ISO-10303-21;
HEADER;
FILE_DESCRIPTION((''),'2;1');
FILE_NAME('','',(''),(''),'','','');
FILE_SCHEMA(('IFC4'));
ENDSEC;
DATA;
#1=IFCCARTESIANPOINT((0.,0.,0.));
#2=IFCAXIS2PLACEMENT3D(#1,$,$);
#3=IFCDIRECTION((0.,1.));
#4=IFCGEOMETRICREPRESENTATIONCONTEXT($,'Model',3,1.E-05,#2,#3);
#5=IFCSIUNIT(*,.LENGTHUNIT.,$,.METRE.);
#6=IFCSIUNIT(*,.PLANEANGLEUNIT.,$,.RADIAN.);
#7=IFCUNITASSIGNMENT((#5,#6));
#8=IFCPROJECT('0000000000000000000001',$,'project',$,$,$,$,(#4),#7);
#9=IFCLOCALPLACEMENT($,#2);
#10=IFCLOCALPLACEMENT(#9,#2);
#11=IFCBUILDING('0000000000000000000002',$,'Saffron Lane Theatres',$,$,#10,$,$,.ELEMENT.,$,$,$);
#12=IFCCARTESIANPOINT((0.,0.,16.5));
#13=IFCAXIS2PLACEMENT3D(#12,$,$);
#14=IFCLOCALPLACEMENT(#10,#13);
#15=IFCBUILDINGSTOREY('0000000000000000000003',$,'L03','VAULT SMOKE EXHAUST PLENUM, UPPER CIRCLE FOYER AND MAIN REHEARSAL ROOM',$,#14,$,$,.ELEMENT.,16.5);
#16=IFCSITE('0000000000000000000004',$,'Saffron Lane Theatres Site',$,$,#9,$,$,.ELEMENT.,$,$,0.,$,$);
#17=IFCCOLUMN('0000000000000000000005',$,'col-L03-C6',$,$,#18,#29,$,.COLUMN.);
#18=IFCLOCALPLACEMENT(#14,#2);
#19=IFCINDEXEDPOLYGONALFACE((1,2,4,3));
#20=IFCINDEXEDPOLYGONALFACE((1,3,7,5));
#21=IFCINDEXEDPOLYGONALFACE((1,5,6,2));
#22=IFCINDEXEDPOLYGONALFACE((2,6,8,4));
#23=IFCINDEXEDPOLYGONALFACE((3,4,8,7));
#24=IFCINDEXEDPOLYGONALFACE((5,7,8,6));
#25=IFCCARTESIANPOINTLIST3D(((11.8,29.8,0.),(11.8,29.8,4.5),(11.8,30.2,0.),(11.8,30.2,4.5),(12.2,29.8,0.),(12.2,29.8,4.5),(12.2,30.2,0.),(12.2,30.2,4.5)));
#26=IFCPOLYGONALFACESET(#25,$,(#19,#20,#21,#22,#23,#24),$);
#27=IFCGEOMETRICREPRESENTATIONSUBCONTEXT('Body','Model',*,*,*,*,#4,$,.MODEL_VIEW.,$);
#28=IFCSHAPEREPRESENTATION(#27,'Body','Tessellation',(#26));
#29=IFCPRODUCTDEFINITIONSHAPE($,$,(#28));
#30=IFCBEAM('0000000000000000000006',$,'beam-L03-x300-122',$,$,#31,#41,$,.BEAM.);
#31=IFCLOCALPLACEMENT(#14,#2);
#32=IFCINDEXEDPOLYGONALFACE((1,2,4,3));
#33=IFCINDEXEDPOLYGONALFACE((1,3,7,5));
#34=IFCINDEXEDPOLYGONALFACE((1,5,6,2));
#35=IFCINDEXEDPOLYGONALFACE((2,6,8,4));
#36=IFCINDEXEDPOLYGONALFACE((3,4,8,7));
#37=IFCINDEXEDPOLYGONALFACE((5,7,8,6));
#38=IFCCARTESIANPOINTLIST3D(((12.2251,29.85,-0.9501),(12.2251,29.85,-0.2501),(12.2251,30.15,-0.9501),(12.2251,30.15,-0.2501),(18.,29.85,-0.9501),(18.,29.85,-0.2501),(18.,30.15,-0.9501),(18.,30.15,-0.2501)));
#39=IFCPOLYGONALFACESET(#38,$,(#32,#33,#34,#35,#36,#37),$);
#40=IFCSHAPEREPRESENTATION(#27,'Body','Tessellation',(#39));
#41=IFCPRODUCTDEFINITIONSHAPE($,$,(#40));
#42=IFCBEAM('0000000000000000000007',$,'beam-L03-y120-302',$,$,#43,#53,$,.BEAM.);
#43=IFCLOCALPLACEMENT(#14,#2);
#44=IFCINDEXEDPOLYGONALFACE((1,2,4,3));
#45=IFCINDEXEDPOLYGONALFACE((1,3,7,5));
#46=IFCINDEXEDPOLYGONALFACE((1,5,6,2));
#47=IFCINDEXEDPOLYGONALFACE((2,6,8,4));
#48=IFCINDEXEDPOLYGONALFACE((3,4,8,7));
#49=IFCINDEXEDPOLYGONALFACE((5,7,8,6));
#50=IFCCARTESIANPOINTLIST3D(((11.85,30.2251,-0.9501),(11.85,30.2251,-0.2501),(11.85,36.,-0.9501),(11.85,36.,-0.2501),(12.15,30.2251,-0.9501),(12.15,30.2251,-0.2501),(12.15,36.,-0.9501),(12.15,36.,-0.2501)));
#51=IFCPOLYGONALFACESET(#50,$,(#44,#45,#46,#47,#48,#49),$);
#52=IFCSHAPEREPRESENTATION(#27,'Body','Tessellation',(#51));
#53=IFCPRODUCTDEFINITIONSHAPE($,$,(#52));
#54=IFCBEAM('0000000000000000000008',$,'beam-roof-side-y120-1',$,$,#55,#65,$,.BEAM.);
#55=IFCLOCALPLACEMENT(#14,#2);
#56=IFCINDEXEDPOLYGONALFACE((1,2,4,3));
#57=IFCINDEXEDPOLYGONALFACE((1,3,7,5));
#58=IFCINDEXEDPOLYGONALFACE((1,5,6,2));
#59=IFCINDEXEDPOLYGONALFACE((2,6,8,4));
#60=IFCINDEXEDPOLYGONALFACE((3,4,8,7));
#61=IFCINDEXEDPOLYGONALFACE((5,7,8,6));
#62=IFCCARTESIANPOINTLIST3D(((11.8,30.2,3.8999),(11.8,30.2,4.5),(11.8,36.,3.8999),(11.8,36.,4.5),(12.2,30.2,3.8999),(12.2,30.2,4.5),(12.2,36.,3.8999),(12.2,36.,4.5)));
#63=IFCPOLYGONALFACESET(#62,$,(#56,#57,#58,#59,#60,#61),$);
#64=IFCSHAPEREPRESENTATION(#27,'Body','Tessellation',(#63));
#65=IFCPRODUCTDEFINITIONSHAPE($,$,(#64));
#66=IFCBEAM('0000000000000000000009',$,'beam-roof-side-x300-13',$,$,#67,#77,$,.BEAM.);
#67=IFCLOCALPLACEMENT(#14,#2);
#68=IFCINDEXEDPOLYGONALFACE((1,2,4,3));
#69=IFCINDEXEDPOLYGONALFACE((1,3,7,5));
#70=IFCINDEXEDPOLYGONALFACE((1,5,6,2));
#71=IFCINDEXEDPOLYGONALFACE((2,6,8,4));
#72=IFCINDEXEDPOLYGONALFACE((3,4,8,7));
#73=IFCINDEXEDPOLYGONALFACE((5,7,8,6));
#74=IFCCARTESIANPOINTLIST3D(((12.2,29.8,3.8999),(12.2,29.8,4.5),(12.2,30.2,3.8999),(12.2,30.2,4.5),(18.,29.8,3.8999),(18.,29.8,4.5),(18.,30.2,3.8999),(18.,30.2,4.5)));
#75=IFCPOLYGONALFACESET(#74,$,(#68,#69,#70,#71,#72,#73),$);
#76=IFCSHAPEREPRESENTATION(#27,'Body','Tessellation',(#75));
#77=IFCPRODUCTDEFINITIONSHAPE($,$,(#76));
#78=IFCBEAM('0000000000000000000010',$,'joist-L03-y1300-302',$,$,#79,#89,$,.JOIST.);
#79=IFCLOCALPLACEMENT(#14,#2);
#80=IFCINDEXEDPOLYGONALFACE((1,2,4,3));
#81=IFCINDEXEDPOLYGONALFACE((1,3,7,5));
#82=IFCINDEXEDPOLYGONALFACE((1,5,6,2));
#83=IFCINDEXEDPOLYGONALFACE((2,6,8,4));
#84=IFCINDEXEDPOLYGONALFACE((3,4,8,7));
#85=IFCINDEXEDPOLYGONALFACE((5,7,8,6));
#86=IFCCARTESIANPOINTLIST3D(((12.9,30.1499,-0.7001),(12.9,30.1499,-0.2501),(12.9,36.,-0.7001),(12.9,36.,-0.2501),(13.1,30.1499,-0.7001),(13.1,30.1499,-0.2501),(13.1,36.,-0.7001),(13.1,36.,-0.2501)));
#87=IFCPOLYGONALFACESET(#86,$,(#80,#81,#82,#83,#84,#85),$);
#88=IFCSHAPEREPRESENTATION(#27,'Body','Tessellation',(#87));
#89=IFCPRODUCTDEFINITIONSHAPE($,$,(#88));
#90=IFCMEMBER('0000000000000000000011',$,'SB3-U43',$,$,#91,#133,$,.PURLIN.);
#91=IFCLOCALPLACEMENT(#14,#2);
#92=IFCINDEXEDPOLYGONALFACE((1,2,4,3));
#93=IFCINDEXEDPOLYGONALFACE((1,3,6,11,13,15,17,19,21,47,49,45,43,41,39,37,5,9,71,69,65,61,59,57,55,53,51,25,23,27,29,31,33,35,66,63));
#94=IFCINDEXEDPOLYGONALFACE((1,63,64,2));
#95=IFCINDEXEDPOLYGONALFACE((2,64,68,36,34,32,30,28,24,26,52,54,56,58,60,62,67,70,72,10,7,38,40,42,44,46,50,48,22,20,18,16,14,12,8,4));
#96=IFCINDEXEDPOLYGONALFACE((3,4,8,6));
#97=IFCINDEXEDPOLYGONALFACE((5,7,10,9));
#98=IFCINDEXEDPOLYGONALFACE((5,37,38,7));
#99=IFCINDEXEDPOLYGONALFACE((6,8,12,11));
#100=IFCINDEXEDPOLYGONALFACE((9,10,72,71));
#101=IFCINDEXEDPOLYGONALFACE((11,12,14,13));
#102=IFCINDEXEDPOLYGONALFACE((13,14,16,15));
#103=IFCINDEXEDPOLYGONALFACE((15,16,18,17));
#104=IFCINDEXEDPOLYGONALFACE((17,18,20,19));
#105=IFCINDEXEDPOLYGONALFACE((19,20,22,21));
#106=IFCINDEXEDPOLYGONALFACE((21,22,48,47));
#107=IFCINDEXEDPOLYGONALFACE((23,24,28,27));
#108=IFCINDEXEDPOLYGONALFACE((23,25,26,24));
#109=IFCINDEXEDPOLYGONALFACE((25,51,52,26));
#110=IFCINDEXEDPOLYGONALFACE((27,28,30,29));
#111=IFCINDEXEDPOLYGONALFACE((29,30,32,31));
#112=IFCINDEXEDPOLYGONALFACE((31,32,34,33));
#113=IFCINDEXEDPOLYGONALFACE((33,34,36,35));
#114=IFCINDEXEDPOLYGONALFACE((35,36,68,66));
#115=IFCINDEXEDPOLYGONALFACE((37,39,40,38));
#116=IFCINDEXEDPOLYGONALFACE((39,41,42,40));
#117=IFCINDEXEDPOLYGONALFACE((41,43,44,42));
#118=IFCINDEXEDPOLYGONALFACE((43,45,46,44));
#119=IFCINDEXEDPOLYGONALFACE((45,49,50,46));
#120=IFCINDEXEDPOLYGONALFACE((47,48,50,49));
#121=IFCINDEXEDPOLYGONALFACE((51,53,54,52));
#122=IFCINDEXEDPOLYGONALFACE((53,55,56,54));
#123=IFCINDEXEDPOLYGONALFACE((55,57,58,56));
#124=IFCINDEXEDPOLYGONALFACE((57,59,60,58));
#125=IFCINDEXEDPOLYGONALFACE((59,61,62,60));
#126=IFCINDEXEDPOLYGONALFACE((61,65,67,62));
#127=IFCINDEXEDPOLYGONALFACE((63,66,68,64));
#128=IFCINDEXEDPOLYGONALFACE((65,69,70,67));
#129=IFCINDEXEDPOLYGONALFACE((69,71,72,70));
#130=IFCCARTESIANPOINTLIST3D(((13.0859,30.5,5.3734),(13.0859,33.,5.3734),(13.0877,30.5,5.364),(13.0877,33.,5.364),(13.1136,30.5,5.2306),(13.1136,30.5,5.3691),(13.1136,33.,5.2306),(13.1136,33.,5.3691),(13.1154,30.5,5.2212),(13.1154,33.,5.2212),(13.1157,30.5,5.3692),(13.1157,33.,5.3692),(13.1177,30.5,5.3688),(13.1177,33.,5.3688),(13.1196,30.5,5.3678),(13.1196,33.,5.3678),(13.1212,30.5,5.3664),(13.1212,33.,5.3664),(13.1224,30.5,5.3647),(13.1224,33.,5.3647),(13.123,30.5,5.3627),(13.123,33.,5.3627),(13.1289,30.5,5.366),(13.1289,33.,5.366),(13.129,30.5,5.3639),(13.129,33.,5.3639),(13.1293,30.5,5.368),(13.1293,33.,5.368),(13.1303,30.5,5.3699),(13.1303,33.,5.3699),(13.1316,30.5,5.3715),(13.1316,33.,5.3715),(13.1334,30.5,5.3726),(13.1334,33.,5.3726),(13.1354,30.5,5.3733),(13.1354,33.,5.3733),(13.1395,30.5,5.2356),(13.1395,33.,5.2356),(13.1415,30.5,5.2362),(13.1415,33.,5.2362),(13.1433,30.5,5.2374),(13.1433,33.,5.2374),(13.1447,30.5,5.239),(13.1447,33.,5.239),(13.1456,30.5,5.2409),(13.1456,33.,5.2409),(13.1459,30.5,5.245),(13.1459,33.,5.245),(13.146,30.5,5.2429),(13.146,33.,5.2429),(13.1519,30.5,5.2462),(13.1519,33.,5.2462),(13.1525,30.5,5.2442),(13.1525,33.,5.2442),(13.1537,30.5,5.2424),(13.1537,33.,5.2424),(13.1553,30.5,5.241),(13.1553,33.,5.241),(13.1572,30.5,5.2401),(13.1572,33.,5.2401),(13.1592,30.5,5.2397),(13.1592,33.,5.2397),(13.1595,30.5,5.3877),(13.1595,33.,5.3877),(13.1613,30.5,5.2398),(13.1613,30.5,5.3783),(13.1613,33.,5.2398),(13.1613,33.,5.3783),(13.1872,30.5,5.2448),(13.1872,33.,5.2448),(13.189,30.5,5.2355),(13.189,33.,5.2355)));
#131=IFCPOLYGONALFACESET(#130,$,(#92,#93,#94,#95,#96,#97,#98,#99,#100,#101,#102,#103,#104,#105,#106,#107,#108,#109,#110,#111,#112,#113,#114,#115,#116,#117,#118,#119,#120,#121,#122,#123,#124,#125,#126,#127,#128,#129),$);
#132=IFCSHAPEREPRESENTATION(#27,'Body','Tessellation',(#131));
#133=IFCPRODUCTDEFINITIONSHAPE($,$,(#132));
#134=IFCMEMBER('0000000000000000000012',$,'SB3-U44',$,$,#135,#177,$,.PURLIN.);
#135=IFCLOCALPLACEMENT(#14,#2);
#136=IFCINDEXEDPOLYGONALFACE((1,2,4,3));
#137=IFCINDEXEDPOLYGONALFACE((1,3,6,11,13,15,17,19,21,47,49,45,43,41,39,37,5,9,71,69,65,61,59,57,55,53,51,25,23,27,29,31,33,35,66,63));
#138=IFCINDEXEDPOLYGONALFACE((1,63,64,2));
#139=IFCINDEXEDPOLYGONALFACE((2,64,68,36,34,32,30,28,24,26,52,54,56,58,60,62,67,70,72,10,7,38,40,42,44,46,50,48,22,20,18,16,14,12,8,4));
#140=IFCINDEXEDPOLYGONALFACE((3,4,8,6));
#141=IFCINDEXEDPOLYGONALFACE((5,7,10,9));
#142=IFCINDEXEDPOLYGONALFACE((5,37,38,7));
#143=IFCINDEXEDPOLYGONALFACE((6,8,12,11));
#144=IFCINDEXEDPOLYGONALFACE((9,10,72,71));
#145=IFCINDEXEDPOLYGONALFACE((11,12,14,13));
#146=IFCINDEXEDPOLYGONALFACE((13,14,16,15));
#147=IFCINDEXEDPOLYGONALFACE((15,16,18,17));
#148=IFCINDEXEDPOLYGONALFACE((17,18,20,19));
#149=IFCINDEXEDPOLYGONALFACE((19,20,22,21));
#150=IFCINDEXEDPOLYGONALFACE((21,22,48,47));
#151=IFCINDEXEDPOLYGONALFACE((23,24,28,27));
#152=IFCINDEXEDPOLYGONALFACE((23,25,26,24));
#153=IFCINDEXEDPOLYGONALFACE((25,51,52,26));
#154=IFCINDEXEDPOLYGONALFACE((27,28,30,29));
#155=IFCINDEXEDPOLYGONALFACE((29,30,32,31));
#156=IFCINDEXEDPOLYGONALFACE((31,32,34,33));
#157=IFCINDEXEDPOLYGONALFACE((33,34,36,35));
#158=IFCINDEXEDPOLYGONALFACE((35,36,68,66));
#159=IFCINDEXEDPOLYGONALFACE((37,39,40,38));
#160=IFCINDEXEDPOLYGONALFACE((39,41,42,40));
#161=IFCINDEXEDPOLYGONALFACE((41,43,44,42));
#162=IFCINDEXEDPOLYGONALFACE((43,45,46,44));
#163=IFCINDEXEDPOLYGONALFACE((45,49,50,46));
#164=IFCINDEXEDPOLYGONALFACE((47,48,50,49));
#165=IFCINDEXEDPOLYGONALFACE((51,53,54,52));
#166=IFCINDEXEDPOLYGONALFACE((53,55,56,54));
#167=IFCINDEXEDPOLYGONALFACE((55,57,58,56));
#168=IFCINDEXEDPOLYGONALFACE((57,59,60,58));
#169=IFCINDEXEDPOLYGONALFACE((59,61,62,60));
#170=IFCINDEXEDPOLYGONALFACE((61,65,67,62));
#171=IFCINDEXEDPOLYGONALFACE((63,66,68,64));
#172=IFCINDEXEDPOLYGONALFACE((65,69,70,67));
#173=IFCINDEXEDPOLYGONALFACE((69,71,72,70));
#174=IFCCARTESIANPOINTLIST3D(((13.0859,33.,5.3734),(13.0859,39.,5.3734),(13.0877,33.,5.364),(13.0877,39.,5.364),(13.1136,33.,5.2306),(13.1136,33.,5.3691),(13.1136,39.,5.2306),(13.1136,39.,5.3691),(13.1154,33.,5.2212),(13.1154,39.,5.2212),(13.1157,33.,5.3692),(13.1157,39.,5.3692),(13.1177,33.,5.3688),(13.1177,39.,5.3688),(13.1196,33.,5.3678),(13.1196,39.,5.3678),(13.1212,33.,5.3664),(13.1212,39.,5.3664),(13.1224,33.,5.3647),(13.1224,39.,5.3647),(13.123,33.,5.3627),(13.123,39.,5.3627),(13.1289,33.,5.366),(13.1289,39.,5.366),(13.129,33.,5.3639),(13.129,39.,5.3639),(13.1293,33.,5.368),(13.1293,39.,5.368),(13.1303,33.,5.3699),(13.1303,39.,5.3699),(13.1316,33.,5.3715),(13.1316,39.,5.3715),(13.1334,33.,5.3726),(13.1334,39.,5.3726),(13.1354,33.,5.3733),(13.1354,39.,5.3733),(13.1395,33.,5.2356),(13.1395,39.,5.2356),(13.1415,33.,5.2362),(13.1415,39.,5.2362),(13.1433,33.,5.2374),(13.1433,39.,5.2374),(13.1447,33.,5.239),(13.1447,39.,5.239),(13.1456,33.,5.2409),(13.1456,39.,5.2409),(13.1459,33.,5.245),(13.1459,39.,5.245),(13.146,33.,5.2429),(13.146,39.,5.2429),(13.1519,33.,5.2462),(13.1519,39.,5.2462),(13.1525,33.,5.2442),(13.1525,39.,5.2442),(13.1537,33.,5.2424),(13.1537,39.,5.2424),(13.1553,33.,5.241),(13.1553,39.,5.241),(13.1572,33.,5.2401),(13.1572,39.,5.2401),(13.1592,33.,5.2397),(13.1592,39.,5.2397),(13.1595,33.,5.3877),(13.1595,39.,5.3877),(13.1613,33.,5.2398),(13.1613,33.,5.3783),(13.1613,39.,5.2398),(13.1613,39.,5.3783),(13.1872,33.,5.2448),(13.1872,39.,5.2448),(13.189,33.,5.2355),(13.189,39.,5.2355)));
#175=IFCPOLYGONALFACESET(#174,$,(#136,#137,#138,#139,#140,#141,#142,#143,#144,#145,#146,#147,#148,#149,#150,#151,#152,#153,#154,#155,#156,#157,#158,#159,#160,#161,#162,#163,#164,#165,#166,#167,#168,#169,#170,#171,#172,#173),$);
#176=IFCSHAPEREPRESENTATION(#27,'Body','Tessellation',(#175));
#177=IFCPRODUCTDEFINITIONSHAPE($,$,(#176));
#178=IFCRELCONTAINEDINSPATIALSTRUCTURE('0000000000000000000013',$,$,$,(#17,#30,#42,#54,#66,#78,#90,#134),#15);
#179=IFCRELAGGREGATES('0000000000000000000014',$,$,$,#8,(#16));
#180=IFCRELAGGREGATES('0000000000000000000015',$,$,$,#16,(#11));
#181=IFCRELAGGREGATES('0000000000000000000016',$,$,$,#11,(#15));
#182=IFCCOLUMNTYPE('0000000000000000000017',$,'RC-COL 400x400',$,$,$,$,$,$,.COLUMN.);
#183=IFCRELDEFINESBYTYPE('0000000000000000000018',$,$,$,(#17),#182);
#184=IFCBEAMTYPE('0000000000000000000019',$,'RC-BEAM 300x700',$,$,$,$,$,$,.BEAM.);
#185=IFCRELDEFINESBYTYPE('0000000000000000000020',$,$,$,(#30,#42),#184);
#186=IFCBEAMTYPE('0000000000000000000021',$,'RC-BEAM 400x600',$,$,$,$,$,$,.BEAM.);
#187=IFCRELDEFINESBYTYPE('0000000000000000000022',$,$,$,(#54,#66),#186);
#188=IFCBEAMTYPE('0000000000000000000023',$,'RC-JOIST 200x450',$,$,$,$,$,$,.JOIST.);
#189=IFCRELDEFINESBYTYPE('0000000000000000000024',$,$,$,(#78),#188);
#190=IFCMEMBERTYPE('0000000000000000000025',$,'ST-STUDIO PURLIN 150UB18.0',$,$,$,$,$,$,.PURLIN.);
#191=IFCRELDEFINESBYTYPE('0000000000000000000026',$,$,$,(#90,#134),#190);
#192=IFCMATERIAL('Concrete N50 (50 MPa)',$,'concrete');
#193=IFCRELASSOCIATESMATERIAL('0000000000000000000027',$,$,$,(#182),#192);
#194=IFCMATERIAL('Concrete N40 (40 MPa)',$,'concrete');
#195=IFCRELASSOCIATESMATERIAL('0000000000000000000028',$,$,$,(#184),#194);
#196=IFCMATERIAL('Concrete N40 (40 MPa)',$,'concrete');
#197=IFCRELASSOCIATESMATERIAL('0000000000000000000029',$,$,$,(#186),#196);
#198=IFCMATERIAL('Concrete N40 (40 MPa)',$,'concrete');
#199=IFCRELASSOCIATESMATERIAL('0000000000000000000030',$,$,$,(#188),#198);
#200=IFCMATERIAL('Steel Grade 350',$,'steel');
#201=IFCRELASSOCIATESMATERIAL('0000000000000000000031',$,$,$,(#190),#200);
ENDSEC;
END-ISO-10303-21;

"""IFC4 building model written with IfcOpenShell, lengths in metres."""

from ifc_helpers import new_model, si_unit, direction, frame, origin, origin_2d, place, context, subcontext, project, spatial, rectangle, i_section, extrude, material, material_profile, profile_set, type_object, element, save


model = new_model("IFC4")

# Units and contexts
model_context = context("Model", 3, precision=1e-05, world=origin(), true_north=direction((0.0, 1.0)))
body_context = subcontext(model_context, "Body", "Model", "MODEL_VIEW")
ifc_project = project(units=[si_unit("LENGTHUNIT", "METRE"), si_unit("PLANEANGLEUNIT", "RADIAN")], contexts=[model_context])

# Site, building, storey
site_placement = place(None, origin())
site = spatial("IfcSite", under=ifc_project, at=site_placement, Name="Saffron Lane Theatres Site", CompositionType="ELEMENT", RefElevation=0.0)
building_placement = place(site_placement, origin())
building = spatial("IfcBuilding", under=site, at=building_placement, Name="Saffron Lane Theatres", CompositionType="ELEMENT")
storey_placement = place(building_placement, frame((0.0, 0.0, 16.5)))
storey = spatial("IfcBuildingStorey", under=building, at=storey_placement, Name="L03", Description="VAULT SMOKE EXHAUST PLENUM, UPPER CIRCLE FOYER AND MAIN REHEARSAL ROOM", CompositionType="ELEMENT", Elevation=16.5)

# Column
ifc_material_1 = material(Name="Concrete N50 (50 MPa)", Category="concrete")
ifc_material_profile_1 = material_profile(ifc_material_1, rectangle(XDim=0.3999, YDim=0.3999, at=origin_2d()))
ifc_profile_set_1 = profile_set([ifc_material_profile_1], Name="Concrete N50 (50 MPa)")
column_type = type_object("IfcColumnType", Name="RC-COL 400x400", PredefinedType="COLUMN", material=ifc_profile_set_1)
column_placement = place(storey_placement, frame((12.0, 30.0, 0.0), z_axis=(0.0, 0.0, 1.0), x_axis=(1.0, 0.0, 0.0)))
element("IfcColumn", 1, at=column_placement, inside=storey, type_object=column_type, Name="col-L03-C6", PredefinedType="COLUMN", context=body_context, shape_type="SweptSolid", body=[
    extrude(rectangle(XDim=0.3999, YDim=0.3999, at=origin_2d()), origin(), (0.0, 0.0, 1.0), 4.5),
])

# Beams
ifc_material_2 = material(Name="Concrete N40 (40 MPa)", Category="concrete")
ifc_material_profile_2 = material_profile(ifc_material_2, rectangle(XDim=0.3, YDim=0.7, at=origin_2d()))
ifc_profile_set_2 = profile_set([ifc_material_profile_2], Name="Concrete N40 (40 MPa)")
beam_type_1 = type_object("IfcBeamType", Name="RC-BEAM 300x700", PredefinedType="BEAM", material=ifc_profile_set_2)
for number, where, z_axis, x_axis, name in (
    (2, (12.2251, 30.0, -0.6001), (1.0, 0.0, 0.0), (0.0, 1.0, 0.0), "beam-L03-x300-122"),
    (3, (12.0, 30.2251, -0.6001), (0.0, 1.0, 0.0), (-1.0, 0.0, 0.0), "beam-L03-y120-302"),
):
    element("IfcBeam", number, at=place(storey_placement, frame(where, z_axis=z_axis, x_axis=x_axis)), inside=storey, type_object=beam_type_1, Name=name, PredefinedType="BEAM", context=body_context, shape_type="SweptSolid", body=[
        extrude(rectangle(XDim=0.3, YDim=0.7, at=origin_2d()), origin(), (0.0, 0.0, 1.0), 5.7749),
    ])
ifc_material_3 = material(Name="Concrete N40 (40 MPa)", Category="concrete")
ifc_material_profile_3 = material_profile(ifc_material_3, rectangle(XDim=0.3999, YDim=0.6001, at=origin_2d()))
ifc_profile_set_3 = profile_set([ifc_material_profile_3], Name="Concrete N40 (40 MPa)")
beam_type_2 = type_object("IfcBeamType", Name="RC-BEAM 400x600", PredefinedType="BEAM", material=ifc_profile_set_3)
for number, where, z_axis, x_axis, name in (
    (4, (12.0, 30.2, 4.2), (0.0, 1.0, 0.0), (-1.0, 0.0, 0.0), "beam-roof-side-y120-1"),
    (5, (12.2, 30.0, 4.2), (1.0, 0.0, 0.0), (0.0, 1.0, 0.0), "beam-roof-side-x300-13"),
):
    element("IfcBeam", number, at=place(storey_placement, frame(where, z_axis=z_axis, x_axis=x_axis)), inside=storey, type_object=beam_type_2, Name=name, PredefinedType="BEAM", context=body_context, shape_type="SweptSolid", body=[
        extrude(rectangle(XDim=0.3999, YDim=0.6001, at=origin_2d()), origin(), (0.0, 0.0, 1.0), 5.8),
    ])
ifc_material_4 = material(Name="Concrete N40 (40 MPa)", Category="concrete")
ifc_material_profile_4 = material_profile(ifc_material_4, rectangle(XDim=0.2, YDim=0.45, at=origin_2d()))
ifc_profile_set_4 = profile_set([ifc_material_profile_4], Name="Concrete N40 (40 MPa)")
beam_type_3 = type_object("IfcBeamType", Name="RC-JOIST 200x450", PredefinedType="JOIST", material=ifc_profile_set_4)
beam_placement = place(storey_placement, frame((13.0, 30.1499, -0.4751), z_axis=(0.0, 1.0, 0.0), x_axis=(-1.0, 0.0, 0.0)))
element("IfcBeam", 6, at=beam_placement, inside=storey, type_object=beam_type_3, Name="joist-L03-y1300-302", PredefinedType="JOIST", context=body_context, shape_type="SweptSolid", body=[
    extrude(rectangle(XDim=0.2, YDim=0.45, at=origin_2d()), origin(), (0.0, 0.0, 1.0), 5.8501),
])

# Members
ifc_material_5 = material(Name="Steel Grade 350", Category="steel")
ifc_material_profile_5 = material_profile(ifc_material_5, i_section(OverallWidth=0.075, OverallDepth=0.155, WebThickness=0.0061, FlangeThickness=0.0095, FilletRadius=0.0081, at=origin_2d()))
ifc_profile_set_5 = profile_set([ifc_material_profile_5], Name="Steel Grade 350")
member_type_1 = type_object("IfcMemberType", Name="ST-STUDIO PURLIN 150UB18.0", PredefinedType="PURLIN", material=ifc_profile_set_5)
member_1_placement = place(storey_placement, frame((13.1375, 30.5, 5.3044), z_axis=(0.0, 1.0, 0.0), x_axis=(-0.981661, 0.0, -0.190637)))
element("IfcMember", 7, at=member_1_placement, inside=storey, type_object=member_type_1, Name="SB3-U43", PredefinedType="PURLIN", context=body_context, shape_type="SweptSolid", body=[
    extrude(i_section(OverallWidth=0.075, OverallDepth=0.155, WebThickness=0.0061, FlangeThickness=0.0095, FilletRadius=0.0081, at=origin_2d()), origin(), (0.0, 0.0, 1.0), 2.5),
])
for number, where, z_axis, x_axis, name in (
    (8, (13.1375, 33.0, 5.3044), (0.0, 1.0, 0.0), (-0.981661, 0.0, -0.190637), "SB3-U44"),
):
    element("IfcMember", number, at=place(storey_placement, frame(where, z_axis=z_axis, x_axis=x_axis)), inside=storey, type_object=member_type_1, Name=name, PredefinedType="PURLIN", context=body_context, shape_type="SweptSolid", body=[
        extrude(i_section(OverallWidth=0.075, OverallDepth=0.155, WebThickness=0.0061, FlangeThickness=0.0095, FilletRadius=0.0081, at=origin_2d()), origin(), (0.0, 0.0, 1.0), 6.0),
    ])

save(model, "model.ifc")
